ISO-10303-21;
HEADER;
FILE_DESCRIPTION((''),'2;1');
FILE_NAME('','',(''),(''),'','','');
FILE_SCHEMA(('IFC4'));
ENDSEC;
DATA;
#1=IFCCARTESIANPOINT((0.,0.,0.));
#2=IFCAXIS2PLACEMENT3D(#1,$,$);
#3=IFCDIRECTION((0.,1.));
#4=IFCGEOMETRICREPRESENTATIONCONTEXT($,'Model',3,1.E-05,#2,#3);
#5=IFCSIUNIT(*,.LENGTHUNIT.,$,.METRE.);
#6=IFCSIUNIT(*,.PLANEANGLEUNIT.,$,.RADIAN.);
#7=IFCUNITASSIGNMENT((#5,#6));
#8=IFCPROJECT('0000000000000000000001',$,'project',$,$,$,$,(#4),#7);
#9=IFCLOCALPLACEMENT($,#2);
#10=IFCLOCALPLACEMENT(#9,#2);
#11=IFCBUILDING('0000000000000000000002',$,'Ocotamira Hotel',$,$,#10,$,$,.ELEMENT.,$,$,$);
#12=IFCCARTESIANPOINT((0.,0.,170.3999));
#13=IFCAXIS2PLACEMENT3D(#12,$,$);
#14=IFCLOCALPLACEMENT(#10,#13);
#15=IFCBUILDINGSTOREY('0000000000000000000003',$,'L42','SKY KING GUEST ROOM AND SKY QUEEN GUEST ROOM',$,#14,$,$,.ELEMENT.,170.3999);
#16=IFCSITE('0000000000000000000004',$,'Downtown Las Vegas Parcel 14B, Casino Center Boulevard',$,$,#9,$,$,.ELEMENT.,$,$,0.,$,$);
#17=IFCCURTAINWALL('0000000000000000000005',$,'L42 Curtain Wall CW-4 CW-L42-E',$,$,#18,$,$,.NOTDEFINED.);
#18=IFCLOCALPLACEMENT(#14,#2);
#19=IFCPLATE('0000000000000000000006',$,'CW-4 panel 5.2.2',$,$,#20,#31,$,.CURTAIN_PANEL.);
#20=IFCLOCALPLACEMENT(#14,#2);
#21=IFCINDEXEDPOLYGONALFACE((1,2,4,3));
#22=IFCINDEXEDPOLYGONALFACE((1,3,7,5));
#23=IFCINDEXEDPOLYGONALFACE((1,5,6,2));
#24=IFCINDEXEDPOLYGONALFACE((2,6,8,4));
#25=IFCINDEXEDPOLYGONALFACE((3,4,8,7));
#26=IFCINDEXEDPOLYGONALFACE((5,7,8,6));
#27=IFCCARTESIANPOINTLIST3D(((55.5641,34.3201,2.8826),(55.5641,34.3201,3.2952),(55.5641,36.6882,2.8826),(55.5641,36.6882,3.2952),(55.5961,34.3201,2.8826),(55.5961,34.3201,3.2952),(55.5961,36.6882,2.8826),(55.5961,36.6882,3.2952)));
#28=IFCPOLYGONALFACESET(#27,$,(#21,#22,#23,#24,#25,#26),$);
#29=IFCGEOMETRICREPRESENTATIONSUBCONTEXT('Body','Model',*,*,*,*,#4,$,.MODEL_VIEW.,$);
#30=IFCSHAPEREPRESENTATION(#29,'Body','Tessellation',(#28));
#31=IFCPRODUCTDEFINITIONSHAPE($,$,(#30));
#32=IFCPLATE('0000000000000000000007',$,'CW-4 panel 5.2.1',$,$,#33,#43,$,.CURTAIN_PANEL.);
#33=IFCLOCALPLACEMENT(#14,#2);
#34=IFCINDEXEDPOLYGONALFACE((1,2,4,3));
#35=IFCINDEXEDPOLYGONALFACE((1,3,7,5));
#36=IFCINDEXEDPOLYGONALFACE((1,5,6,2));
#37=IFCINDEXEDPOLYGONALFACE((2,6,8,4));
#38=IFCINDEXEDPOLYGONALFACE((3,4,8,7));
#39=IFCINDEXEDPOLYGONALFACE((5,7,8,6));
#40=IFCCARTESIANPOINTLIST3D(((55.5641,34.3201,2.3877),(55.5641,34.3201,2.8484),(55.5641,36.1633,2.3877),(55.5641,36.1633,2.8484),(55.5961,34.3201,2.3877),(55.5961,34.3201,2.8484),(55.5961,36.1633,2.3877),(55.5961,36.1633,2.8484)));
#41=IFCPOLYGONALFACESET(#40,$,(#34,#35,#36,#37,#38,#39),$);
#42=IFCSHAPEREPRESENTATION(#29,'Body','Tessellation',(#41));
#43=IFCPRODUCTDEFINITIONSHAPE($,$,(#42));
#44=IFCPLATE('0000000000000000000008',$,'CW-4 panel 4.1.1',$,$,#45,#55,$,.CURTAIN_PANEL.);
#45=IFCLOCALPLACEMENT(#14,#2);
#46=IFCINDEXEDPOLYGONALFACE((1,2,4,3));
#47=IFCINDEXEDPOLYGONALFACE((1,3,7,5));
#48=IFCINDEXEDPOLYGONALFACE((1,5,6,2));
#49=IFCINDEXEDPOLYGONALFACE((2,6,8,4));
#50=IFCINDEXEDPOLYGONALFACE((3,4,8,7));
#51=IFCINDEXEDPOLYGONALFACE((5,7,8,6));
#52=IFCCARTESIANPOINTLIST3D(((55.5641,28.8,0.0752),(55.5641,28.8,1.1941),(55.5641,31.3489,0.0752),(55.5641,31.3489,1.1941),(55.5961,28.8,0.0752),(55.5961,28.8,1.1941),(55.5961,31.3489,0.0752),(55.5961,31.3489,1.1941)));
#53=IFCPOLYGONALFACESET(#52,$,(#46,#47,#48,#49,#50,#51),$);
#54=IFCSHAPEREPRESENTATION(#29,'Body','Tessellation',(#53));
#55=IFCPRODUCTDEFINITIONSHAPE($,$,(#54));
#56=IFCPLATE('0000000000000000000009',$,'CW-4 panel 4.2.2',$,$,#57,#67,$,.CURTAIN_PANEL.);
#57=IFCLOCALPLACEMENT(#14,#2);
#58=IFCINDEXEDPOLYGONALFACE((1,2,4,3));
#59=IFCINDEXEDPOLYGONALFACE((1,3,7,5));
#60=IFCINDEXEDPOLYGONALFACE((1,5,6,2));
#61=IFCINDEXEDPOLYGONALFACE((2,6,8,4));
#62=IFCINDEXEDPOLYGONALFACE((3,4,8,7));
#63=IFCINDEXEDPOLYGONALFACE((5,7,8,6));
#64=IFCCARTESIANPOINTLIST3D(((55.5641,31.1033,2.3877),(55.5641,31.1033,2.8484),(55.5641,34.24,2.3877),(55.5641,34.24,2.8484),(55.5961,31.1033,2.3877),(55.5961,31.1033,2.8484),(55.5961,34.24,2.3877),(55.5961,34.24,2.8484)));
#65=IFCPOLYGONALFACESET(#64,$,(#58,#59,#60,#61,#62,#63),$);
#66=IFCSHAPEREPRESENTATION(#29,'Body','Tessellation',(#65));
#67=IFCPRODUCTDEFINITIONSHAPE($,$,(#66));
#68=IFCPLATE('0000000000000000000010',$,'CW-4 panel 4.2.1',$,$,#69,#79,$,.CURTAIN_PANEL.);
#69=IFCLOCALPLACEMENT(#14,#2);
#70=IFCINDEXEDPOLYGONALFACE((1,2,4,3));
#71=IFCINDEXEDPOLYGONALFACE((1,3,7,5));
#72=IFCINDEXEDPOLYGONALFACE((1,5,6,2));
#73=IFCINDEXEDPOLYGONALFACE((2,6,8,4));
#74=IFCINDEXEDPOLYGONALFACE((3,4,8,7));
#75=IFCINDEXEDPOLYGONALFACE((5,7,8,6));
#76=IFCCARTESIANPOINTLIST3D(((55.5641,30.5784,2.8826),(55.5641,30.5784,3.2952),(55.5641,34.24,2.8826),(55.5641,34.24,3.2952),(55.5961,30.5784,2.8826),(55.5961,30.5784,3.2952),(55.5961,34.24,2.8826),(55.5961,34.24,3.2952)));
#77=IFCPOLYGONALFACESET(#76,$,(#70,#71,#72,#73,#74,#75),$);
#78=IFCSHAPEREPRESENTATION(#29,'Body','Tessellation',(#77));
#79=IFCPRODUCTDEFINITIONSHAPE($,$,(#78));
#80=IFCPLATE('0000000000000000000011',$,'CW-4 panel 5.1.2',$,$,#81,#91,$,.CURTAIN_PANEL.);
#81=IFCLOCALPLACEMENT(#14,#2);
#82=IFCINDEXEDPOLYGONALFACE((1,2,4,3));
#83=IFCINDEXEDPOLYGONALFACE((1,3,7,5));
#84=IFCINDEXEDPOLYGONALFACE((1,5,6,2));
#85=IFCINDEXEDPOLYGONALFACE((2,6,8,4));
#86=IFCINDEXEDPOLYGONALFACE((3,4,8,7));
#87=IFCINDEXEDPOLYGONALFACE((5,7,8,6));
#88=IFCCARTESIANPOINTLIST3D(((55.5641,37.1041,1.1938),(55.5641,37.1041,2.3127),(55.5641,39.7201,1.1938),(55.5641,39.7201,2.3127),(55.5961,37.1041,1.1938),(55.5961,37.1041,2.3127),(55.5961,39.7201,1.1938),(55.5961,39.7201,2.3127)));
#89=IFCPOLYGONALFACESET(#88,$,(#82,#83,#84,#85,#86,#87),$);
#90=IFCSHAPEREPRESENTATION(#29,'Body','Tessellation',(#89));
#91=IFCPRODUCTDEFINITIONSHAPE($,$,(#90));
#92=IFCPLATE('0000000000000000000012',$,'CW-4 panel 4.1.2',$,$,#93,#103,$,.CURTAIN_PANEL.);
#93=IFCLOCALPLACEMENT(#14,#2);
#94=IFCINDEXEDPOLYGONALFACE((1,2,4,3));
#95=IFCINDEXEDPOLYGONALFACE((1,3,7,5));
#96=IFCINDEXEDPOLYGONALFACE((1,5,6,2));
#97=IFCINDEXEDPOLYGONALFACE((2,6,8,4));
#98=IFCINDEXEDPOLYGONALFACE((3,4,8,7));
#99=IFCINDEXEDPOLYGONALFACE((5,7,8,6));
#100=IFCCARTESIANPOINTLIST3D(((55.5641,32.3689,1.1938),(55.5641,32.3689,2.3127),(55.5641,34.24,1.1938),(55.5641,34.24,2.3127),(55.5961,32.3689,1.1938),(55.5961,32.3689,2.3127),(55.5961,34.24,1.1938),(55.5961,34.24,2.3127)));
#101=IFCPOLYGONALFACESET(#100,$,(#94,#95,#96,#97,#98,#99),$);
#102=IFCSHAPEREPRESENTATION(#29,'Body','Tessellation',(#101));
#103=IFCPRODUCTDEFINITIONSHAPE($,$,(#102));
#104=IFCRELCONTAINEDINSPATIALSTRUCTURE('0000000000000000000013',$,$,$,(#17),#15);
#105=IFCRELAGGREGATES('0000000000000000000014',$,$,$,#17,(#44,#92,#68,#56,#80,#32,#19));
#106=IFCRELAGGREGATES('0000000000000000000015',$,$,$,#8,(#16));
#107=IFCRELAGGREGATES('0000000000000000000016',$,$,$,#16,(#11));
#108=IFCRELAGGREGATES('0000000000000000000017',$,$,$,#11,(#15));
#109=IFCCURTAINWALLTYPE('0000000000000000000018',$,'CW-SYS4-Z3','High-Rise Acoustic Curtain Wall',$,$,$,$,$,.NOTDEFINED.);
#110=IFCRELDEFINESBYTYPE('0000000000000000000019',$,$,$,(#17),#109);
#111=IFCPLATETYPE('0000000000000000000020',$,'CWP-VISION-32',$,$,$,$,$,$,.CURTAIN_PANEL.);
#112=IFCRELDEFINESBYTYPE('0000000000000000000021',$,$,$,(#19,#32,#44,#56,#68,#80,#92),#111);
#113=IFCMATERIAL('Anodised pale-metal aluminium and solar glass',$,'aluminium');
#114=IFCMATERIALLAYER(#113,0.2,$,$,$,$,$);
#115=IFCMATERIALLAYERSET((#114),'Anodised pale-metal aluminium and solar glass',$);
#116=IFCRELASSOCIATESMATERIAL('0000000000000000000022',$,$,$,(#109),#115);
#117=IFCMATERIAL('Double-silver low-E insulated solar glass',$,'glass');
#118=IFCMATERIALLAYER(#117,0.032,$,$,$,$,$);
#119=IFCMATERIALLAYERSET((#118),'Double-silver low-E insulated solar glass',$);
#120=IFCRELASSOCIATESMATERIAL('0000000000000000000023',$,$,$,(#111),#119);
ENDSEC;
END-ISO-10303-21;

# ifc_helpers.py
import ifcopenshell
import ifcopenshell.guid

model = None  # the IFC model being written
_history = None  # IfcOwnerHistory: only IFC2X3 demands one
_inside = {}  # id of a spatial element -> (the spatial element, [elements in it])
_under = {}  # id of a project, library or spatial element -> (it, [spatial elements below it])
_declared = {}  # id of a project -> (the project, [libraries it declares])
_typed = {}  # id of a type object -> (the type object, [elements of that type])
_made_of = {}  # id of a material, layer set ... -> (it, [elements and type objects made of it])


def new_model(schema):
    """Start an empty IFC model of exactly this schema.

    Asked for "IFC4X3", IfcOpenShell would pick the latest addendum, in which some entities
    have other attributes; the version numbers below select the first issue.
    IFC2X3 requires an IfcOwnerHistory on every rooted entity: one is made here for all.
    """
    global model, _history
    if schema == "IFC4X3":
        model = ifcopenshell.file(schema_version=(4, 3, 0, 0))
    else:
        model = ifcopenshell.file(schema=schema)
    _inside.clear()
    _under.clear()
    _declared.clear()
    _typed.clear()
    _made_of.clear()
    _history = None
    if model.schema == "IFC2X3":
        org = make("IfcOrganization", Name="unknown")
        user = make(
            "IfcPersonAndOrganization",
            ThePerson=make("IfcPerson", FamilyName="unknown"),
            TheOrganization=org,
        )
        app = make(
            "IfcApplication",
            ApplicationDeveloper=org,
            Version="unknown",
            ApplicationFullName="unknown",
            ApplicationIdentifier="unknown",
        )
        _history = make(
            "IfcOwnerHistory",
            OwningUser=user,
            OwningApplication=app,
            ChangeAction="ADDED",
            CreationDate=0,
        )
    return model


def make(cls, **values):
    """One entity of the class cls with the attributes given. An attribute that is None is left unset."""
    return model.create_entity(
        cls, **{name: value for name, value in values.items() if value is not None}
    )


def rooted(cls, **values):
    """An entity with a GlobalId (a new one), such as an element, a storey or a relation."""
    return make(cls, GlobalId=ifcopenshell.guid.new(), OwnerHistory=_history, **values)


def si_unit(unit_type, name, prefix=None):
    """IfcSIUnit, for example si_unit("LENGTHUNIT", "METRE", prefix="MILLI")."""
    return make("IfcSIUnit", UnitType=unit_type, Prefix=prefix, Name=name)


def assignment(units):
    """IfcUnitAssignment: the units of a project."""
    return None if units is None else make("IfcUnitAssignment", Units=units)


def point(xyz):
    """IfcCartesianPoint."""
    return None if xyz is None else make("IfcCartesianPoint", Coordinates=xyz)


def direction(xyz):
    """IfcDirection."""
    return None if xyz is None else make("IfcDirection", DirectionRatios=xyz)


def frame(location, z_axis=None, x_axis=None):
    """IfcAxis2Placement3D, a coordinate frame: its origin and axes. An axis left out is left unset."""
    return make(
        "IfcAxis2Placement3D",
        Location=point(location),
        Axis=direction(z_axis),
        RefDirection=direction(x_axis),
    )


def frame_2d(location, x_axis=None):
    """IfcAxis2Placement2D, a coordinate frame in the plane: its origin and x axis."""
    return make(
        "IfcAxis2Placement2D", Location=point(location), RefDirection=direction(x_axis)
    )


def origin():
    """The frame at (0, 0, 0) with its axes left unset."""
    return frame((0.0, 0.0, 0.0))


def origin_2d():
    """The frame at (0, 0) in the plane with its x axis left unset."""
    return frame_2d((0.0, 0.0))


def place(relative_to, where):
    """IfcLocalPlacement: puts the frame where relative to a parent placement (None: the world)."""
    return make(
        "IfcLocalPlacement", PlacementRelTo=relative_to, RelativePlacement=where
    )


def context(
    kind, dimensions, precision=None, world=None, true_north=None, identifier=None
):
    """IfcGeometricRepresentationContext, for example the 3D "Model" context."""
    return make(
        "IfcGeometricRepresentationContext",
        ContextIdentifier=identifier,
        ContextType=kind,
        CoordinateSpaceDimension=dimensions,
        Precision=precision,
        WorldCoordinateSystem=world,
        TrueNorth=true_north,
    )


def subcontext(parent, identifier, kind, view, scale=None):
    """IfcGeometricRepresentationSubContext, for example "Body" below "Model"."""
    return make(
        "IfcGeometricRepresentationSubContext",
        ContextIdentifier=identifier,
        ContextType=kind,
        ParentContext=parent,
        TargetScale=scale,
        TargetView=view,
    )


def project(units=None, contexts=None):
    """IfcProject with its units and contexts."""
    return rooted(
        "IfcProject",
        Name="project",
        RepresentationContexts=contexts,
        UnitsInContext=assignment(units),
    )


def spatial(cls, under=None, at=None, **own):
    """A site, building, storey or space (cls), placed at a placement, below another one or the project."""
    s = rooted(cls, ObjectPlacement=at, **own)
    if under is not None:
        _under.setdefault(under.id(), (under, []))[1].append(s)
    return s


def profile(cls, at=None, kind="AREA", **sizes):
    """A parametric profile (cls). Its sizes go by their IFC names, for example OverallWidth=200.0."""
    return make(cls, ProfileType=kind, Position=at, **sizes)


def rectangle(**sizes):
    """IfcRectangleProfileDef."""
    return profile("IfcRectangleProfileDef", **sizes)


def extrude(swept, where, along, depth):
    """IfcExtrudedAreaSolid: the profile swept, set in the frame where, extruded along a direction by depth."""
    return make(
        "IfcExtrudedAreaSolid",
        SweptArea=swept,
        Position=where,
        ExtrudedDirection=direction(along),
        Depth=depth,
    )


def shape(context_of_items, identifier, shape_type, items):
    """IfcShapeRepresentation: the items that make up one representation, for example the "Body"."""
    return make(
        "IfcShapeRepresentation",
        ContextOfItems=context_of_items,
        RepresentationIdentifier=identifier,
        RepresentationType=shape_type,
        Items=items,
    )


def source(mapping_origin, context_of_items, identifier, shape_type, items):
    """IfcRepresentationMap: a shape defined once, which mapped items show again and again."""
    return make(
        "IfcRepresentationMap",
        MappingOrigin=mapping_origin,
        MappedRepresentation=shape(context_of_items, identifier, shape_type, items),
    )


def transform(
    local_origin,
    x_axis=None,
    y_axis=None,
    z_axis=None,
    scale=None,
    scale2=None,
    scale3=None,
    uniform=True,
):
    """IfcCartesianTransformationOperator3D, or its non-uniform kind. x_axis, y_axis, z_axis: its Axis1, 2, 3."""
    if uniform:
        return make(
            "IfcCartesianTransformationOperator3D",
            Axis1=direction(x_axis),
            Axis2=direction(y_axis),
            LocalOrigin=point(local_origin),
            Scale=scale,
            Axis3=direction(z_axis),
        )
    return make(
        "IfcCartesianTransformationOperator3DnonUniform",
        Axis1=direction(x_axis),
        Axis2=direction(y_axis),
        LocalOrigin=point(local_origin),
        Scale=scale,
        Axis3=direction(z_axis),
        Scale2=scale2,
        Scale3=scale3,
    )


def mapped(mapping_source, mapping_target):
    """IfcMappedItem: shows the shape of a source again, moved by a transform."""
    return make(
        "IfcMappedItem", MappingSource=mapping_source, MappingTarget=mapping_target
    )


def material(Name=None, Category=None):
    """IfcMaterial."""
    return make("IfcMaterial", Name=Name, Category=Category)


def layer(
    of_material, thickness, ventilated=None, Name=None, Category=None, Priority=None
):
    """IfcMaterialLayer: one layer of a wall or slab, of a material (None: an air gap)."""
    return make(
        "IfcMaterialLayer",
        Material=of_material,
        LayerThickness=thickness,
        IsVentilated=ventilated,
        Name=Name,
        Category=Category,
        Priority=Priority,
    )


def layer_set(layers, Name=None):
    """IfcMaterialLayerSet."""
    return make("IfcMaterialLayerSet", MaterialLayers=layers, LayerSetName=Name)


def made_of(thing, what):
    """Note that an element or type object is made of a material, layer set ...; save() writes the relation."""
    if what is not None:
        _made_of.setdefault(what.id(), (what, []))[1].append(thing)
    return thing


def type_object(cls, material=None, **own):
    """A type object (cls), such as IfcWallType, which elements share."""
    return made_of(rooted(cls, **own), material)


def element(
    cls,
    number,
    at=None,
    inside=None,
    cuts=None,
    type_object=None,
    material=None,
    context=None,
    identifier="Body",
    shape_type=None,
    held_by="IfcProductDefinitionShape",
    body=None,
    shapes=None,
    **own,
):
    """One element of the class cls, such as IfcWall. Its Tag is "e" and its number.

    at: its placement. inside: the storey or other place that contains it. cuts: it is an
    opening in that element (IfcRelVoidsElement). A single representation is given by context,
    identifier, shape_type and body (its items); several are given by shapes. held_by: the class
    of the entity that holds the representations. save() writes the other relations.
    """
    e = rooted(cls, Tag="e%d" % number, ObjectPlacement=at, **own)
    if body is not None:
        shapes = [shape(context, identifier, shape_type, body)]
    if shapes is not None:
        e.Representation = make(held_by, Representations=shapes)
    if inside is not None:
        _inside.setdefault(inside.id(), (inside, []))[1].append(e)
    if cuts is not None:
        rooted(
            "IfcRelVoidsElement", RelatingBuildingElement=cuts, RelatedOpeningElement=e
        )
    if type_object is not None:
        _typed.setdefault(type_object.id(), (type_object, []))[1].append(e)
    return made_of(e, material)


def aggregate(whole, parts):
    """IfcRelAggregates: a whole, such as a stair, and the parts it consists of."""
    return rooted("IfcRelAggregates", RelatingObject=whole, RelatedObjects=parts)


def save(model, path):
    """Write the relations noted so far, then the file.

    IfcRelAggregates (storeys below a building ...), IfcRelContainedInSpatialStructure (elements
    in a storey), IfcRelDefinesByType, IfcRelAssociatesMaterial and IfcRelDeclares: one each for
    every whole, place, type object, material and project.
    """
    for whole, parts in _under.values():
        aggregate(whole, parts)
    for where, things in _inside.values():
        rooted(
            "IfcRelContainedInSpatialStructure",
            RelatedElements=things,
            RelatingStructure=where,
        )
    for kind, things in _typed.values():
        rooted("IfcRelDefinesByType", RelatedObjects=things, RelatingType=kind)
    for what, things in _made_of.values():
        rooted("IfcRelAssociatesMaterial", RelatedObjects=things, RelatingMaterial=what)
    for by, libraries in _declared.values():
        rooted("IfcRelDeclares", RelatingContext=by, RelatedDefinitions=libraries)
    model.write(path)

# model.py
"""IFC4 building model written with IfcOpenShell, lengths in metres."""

from ifc_helpers import new_model, si_unit, direction, frame, origin, origin_2d, place, context, subcontext, project, spatial, rectangle, extrude, source, transform, mapped, material, layer, layer_set, type_object, element, aggregate, save


model = new_model("IFC4")

# Units and contexts
model_context = context("Model", 3, precision=1e-05, world=origin(), true_north=direction((0.0, 1.0)))
body_context = subcontext(model_context, "Body", "Model", "MODEL_VIEW")
ifc_project = project(units=[si_unit("LENGTHUNIT", "METRE"), si_unit("PLANEANGLEUNIT", "RADIAN")], contexts=[model_context])

# Site, building, storey
site_placement = place(None, origin())
site = spatial("IfcSite", under=ifc_project, at=site_placement, Name="Downtown Las Vegas Parcel 14B, Casino Center Boulevard", CompositionType="ELEMENT", RefElevation=0.0)
building_placement = place(site_placement, origin())
building = spatial("IfcBuilding", under=site, at=building_placement, Name="Ocotamira Hotel", CompositionType="ELEMENT")
storey_placement = place(building_placement, frame((0.0, 0.0, 170.3999)))
storey = spatial("IfcBuildingStorey", under=building, at=storey_placement, Name="L42", Description="SKY KING GUEST ROOM AND SKY QUEEN GUEST ROOM", CompositionType="ELEMENT", Elevation=170.3999)

# Curtain wall
ifc_material_1 = material(Name="Anodised pale-metal aluminium and solar glass", Category="aluminium")
ifc_layer_1 = layer(ifc_material_1, 0.2)
ifc_layer_set_1 = layer_set([ifc_layer_1], Name="Anodised pale-metal aluminium and solar glass")
curtain_wall_type = type_object("IfcCurtainWallType", Name="CW-SYS4-Z3", Description="High-Rise Acoustic Curtain Wall", PredefinedType="NOTDEFINED", material=ifc_layer_set_1)
curtain_wall_placement = place(storey_placement, origin())
curtain_wall = element("IfcCurtainWall", 1, at=curtain_wall_placement, inside=storey, type_object=curtain_wall_type, Name="L42 Curtain Wall CW-4 CW-L42-E", PredefinedType="NOTDEFINED")

# Plates
ifc_material_2 = material(Name="Double-silver low-E insulated solar glass", Category="glass")
ifc_layer_2 = layer(ifc_material_2, 0.032)
ifc_layer_set_2 = layer_set([ifc_layer_2], Name="Double-silver low-E insulated solar glass")
plate_type_1 = type_object("IfcPlateType", Name="CWP-VISION-32", PredefinedType="CURTAIN_PANEL", material=ifc_layer_set_2)
shared_shape_1 = source(origin(), body_context, "Body", "SweptSolid", [
    extrude(rectangle(XDim=2.3682, YDim=0.032, at=origin_2d()), origin(), (0.0, 0.0, 1.0), 0.4126),
])
plate_1_placement = place(storey_placement, frame((55.5801, 35.5042, 2.8826), z_axis=(0.0, 0.0, 1.0), x_axis=(0.0, 1.0, 0.0)))
plate_1 = element("IfcPlate", 2, at=plate_1_placement, type_object=plate_type_1, Name="CW-4 panel 5.2.2", PredefinedType="CURTAIN_PANEL", context=body_context, shape_type="MappedRepresentation", body=[
    mapped(shared_shape_1, transform((0.0, 0.0, 0.0), scale=1.0)),
])
shared_shape_2 = source(origin(), body_context, "Body", "SweptSolid", [
    extrude(rectangle(XDim=1.8433, YDim=0.032, at=origin_2d()), origin(), (0.0, 0.0, 1.0), 0.4607),
])
plate_2_placement = place(storey_placement, frame((55.5801, 35.2417, 2.3877), z_axis=(0.0, 0.0, 1.0), x_axis=(0.0, 1.0, 0.0)))
plate_2 = element("IfcPlate", 3, at=plate_2_placement, type_object=plate_type_1, Name="CW-4 panel 5.2.1", PredefinedType="CURTAIN_PANEL", context=body_context, shape_type="MappedRepresentation", body=[
    mapped(shared_shape_2, transform((0.0, 0.0, 0.0), scale=1.0)),
])
shared_shape_3 = source(origin(), body_context, "Body", "SweptSolid", [
    extrude(rectangle(XDim=2.5488, YDim=0.032, at=origin_2d()), origin(), (0.0, 0.0, 1.0), 1.1189),
])
plate_3_placement = place(storey_placement, frame((55.5801, 30.0745, 0.0752), z_axis=(0.0, 0.0, 1.0), x_axis=(0.0, 1.0, 0.0)))
plate_3 = element("IfcPlate", 4, at=plate_3_placement, type_object=plate_type_1, Name="CW-4 panel 4.1.1", PredefinedType="CURTAIN_PANEL", context=body_context, shape_type="MappedRepresentation", body=[
    mapped(shared_shape_3, transform((0.0, 0.0, 0.0), scale=1.0)),
])
shared_shape_4 = source(origin(), body_context, "Body", "SweptSolid", [
    extrude(rectangle(XDim=3.1367, YDim=0.032, at=origin_2d()), origin(), (0.0, 0.0, 1.0), 0.4607),
])
plate_4_placement = place(storey_placement, frame((55.5801, 32.6716, 2.3877), z_axis=(0.0, 0.0, 1.0), x_axis=(0.0, 1.0, 0.0)))
plate_4 = element("IfcPlate", 5, at=plate_4_placement, type_object=plate_type_1, Name="CW-4 panel 4.2.2", PredefinedType="CURTAIN_PANEL", context=body_context, shape_type="MappedRepresentation", body=[
    mapped(shared_shape_4, transform((0.0, 0.0, 0.0), scale=1.0)),
])
shared_shape_5 = source(origin(), body_context, "Body", "SweptSolid", [
    extrude(rectangle(XDim=3.6616, YDim=0.032, at=origin_2d()), origin(), (0.0, 0.0, 1.0), 0.4126),
])
plate_5_placement = place(storey_placement, frame((55.5801, 32.4092, 2.8826), z_axis=(0.0, 0.0, 1.0), x_axis=(0.0, 1.0, 0.0)))
plate_5 = element("IfcPlate", 6, at=plate_5_placement, type_object=plate_type_1, Name="CW-4 panel 4.2.1", PredefinedType="CURTAIN_PANEL", context=body_context, shape_type="MappedRepresentation", body=[
    mapped(shared_shape_5, transform((0.0, 0.0, 0.0), scale=1.0)),
])
shared_shape_6 = source(origin(), body_context, "Body", "SweptSolid", [
    extrude(rectangle(XDim=2.616, YDim=0.032, at=origin_2d()), origin(), (0.0, 0.0, 1.0), 1.1189),
])
plate_6_placement = place(storey_placement, frame((55.5801, 38.4121, 1.1938), z_axis=(0.0, 0.0, 1.0), x_axis=(0.0, 1.0, 0.0)))
plate_6 = element("IfcPlate", 7, at=plate_6_placement, type_object=plate_type_1, Name="CW-4 panel 5.1.2", PredefinedType="CURTAIN_PANEL", context=body_context, shape_type="MappedRepresentation", body=[
    mapped(shared_shape_6, transform((0.0, 0.0, 0.0), scale=1.0)),
])
shared_shape_7 = source(origin(), body_context, "Body", "SweptSolid", [
    extrude(rectangle(XDim=1.8711, YDim=0.032, at=origin_2d()), origin(), (0.0, 0.0, 1.0), 1.1189),
])
plate_7_placement = place(storey_placement, frame((55.5801, 33.3044, 1.1938), z_axis=(0.0, 0.0, 1.0), x_axis=(0.0, 1.0, 0.0)))
plate_7 = element("IfcPlate", 8, at=plate_7_placement, type_object=plate_type_1, Name="CW-4 panel 4.1.2", PredefinedType="CURTAIN_PANEL", context=body_context, shape_type="MappedRepresentation", body=[
    mapped(shared_shape_7, transform((0.0, 0.0, 0.0), scale=1.0)),
])
aggregate(curtain_wall, [plate_3, plate_7, plate_5, plate_4, plate_6, plate_2, plate_1])

save(model, "model.ifc")
